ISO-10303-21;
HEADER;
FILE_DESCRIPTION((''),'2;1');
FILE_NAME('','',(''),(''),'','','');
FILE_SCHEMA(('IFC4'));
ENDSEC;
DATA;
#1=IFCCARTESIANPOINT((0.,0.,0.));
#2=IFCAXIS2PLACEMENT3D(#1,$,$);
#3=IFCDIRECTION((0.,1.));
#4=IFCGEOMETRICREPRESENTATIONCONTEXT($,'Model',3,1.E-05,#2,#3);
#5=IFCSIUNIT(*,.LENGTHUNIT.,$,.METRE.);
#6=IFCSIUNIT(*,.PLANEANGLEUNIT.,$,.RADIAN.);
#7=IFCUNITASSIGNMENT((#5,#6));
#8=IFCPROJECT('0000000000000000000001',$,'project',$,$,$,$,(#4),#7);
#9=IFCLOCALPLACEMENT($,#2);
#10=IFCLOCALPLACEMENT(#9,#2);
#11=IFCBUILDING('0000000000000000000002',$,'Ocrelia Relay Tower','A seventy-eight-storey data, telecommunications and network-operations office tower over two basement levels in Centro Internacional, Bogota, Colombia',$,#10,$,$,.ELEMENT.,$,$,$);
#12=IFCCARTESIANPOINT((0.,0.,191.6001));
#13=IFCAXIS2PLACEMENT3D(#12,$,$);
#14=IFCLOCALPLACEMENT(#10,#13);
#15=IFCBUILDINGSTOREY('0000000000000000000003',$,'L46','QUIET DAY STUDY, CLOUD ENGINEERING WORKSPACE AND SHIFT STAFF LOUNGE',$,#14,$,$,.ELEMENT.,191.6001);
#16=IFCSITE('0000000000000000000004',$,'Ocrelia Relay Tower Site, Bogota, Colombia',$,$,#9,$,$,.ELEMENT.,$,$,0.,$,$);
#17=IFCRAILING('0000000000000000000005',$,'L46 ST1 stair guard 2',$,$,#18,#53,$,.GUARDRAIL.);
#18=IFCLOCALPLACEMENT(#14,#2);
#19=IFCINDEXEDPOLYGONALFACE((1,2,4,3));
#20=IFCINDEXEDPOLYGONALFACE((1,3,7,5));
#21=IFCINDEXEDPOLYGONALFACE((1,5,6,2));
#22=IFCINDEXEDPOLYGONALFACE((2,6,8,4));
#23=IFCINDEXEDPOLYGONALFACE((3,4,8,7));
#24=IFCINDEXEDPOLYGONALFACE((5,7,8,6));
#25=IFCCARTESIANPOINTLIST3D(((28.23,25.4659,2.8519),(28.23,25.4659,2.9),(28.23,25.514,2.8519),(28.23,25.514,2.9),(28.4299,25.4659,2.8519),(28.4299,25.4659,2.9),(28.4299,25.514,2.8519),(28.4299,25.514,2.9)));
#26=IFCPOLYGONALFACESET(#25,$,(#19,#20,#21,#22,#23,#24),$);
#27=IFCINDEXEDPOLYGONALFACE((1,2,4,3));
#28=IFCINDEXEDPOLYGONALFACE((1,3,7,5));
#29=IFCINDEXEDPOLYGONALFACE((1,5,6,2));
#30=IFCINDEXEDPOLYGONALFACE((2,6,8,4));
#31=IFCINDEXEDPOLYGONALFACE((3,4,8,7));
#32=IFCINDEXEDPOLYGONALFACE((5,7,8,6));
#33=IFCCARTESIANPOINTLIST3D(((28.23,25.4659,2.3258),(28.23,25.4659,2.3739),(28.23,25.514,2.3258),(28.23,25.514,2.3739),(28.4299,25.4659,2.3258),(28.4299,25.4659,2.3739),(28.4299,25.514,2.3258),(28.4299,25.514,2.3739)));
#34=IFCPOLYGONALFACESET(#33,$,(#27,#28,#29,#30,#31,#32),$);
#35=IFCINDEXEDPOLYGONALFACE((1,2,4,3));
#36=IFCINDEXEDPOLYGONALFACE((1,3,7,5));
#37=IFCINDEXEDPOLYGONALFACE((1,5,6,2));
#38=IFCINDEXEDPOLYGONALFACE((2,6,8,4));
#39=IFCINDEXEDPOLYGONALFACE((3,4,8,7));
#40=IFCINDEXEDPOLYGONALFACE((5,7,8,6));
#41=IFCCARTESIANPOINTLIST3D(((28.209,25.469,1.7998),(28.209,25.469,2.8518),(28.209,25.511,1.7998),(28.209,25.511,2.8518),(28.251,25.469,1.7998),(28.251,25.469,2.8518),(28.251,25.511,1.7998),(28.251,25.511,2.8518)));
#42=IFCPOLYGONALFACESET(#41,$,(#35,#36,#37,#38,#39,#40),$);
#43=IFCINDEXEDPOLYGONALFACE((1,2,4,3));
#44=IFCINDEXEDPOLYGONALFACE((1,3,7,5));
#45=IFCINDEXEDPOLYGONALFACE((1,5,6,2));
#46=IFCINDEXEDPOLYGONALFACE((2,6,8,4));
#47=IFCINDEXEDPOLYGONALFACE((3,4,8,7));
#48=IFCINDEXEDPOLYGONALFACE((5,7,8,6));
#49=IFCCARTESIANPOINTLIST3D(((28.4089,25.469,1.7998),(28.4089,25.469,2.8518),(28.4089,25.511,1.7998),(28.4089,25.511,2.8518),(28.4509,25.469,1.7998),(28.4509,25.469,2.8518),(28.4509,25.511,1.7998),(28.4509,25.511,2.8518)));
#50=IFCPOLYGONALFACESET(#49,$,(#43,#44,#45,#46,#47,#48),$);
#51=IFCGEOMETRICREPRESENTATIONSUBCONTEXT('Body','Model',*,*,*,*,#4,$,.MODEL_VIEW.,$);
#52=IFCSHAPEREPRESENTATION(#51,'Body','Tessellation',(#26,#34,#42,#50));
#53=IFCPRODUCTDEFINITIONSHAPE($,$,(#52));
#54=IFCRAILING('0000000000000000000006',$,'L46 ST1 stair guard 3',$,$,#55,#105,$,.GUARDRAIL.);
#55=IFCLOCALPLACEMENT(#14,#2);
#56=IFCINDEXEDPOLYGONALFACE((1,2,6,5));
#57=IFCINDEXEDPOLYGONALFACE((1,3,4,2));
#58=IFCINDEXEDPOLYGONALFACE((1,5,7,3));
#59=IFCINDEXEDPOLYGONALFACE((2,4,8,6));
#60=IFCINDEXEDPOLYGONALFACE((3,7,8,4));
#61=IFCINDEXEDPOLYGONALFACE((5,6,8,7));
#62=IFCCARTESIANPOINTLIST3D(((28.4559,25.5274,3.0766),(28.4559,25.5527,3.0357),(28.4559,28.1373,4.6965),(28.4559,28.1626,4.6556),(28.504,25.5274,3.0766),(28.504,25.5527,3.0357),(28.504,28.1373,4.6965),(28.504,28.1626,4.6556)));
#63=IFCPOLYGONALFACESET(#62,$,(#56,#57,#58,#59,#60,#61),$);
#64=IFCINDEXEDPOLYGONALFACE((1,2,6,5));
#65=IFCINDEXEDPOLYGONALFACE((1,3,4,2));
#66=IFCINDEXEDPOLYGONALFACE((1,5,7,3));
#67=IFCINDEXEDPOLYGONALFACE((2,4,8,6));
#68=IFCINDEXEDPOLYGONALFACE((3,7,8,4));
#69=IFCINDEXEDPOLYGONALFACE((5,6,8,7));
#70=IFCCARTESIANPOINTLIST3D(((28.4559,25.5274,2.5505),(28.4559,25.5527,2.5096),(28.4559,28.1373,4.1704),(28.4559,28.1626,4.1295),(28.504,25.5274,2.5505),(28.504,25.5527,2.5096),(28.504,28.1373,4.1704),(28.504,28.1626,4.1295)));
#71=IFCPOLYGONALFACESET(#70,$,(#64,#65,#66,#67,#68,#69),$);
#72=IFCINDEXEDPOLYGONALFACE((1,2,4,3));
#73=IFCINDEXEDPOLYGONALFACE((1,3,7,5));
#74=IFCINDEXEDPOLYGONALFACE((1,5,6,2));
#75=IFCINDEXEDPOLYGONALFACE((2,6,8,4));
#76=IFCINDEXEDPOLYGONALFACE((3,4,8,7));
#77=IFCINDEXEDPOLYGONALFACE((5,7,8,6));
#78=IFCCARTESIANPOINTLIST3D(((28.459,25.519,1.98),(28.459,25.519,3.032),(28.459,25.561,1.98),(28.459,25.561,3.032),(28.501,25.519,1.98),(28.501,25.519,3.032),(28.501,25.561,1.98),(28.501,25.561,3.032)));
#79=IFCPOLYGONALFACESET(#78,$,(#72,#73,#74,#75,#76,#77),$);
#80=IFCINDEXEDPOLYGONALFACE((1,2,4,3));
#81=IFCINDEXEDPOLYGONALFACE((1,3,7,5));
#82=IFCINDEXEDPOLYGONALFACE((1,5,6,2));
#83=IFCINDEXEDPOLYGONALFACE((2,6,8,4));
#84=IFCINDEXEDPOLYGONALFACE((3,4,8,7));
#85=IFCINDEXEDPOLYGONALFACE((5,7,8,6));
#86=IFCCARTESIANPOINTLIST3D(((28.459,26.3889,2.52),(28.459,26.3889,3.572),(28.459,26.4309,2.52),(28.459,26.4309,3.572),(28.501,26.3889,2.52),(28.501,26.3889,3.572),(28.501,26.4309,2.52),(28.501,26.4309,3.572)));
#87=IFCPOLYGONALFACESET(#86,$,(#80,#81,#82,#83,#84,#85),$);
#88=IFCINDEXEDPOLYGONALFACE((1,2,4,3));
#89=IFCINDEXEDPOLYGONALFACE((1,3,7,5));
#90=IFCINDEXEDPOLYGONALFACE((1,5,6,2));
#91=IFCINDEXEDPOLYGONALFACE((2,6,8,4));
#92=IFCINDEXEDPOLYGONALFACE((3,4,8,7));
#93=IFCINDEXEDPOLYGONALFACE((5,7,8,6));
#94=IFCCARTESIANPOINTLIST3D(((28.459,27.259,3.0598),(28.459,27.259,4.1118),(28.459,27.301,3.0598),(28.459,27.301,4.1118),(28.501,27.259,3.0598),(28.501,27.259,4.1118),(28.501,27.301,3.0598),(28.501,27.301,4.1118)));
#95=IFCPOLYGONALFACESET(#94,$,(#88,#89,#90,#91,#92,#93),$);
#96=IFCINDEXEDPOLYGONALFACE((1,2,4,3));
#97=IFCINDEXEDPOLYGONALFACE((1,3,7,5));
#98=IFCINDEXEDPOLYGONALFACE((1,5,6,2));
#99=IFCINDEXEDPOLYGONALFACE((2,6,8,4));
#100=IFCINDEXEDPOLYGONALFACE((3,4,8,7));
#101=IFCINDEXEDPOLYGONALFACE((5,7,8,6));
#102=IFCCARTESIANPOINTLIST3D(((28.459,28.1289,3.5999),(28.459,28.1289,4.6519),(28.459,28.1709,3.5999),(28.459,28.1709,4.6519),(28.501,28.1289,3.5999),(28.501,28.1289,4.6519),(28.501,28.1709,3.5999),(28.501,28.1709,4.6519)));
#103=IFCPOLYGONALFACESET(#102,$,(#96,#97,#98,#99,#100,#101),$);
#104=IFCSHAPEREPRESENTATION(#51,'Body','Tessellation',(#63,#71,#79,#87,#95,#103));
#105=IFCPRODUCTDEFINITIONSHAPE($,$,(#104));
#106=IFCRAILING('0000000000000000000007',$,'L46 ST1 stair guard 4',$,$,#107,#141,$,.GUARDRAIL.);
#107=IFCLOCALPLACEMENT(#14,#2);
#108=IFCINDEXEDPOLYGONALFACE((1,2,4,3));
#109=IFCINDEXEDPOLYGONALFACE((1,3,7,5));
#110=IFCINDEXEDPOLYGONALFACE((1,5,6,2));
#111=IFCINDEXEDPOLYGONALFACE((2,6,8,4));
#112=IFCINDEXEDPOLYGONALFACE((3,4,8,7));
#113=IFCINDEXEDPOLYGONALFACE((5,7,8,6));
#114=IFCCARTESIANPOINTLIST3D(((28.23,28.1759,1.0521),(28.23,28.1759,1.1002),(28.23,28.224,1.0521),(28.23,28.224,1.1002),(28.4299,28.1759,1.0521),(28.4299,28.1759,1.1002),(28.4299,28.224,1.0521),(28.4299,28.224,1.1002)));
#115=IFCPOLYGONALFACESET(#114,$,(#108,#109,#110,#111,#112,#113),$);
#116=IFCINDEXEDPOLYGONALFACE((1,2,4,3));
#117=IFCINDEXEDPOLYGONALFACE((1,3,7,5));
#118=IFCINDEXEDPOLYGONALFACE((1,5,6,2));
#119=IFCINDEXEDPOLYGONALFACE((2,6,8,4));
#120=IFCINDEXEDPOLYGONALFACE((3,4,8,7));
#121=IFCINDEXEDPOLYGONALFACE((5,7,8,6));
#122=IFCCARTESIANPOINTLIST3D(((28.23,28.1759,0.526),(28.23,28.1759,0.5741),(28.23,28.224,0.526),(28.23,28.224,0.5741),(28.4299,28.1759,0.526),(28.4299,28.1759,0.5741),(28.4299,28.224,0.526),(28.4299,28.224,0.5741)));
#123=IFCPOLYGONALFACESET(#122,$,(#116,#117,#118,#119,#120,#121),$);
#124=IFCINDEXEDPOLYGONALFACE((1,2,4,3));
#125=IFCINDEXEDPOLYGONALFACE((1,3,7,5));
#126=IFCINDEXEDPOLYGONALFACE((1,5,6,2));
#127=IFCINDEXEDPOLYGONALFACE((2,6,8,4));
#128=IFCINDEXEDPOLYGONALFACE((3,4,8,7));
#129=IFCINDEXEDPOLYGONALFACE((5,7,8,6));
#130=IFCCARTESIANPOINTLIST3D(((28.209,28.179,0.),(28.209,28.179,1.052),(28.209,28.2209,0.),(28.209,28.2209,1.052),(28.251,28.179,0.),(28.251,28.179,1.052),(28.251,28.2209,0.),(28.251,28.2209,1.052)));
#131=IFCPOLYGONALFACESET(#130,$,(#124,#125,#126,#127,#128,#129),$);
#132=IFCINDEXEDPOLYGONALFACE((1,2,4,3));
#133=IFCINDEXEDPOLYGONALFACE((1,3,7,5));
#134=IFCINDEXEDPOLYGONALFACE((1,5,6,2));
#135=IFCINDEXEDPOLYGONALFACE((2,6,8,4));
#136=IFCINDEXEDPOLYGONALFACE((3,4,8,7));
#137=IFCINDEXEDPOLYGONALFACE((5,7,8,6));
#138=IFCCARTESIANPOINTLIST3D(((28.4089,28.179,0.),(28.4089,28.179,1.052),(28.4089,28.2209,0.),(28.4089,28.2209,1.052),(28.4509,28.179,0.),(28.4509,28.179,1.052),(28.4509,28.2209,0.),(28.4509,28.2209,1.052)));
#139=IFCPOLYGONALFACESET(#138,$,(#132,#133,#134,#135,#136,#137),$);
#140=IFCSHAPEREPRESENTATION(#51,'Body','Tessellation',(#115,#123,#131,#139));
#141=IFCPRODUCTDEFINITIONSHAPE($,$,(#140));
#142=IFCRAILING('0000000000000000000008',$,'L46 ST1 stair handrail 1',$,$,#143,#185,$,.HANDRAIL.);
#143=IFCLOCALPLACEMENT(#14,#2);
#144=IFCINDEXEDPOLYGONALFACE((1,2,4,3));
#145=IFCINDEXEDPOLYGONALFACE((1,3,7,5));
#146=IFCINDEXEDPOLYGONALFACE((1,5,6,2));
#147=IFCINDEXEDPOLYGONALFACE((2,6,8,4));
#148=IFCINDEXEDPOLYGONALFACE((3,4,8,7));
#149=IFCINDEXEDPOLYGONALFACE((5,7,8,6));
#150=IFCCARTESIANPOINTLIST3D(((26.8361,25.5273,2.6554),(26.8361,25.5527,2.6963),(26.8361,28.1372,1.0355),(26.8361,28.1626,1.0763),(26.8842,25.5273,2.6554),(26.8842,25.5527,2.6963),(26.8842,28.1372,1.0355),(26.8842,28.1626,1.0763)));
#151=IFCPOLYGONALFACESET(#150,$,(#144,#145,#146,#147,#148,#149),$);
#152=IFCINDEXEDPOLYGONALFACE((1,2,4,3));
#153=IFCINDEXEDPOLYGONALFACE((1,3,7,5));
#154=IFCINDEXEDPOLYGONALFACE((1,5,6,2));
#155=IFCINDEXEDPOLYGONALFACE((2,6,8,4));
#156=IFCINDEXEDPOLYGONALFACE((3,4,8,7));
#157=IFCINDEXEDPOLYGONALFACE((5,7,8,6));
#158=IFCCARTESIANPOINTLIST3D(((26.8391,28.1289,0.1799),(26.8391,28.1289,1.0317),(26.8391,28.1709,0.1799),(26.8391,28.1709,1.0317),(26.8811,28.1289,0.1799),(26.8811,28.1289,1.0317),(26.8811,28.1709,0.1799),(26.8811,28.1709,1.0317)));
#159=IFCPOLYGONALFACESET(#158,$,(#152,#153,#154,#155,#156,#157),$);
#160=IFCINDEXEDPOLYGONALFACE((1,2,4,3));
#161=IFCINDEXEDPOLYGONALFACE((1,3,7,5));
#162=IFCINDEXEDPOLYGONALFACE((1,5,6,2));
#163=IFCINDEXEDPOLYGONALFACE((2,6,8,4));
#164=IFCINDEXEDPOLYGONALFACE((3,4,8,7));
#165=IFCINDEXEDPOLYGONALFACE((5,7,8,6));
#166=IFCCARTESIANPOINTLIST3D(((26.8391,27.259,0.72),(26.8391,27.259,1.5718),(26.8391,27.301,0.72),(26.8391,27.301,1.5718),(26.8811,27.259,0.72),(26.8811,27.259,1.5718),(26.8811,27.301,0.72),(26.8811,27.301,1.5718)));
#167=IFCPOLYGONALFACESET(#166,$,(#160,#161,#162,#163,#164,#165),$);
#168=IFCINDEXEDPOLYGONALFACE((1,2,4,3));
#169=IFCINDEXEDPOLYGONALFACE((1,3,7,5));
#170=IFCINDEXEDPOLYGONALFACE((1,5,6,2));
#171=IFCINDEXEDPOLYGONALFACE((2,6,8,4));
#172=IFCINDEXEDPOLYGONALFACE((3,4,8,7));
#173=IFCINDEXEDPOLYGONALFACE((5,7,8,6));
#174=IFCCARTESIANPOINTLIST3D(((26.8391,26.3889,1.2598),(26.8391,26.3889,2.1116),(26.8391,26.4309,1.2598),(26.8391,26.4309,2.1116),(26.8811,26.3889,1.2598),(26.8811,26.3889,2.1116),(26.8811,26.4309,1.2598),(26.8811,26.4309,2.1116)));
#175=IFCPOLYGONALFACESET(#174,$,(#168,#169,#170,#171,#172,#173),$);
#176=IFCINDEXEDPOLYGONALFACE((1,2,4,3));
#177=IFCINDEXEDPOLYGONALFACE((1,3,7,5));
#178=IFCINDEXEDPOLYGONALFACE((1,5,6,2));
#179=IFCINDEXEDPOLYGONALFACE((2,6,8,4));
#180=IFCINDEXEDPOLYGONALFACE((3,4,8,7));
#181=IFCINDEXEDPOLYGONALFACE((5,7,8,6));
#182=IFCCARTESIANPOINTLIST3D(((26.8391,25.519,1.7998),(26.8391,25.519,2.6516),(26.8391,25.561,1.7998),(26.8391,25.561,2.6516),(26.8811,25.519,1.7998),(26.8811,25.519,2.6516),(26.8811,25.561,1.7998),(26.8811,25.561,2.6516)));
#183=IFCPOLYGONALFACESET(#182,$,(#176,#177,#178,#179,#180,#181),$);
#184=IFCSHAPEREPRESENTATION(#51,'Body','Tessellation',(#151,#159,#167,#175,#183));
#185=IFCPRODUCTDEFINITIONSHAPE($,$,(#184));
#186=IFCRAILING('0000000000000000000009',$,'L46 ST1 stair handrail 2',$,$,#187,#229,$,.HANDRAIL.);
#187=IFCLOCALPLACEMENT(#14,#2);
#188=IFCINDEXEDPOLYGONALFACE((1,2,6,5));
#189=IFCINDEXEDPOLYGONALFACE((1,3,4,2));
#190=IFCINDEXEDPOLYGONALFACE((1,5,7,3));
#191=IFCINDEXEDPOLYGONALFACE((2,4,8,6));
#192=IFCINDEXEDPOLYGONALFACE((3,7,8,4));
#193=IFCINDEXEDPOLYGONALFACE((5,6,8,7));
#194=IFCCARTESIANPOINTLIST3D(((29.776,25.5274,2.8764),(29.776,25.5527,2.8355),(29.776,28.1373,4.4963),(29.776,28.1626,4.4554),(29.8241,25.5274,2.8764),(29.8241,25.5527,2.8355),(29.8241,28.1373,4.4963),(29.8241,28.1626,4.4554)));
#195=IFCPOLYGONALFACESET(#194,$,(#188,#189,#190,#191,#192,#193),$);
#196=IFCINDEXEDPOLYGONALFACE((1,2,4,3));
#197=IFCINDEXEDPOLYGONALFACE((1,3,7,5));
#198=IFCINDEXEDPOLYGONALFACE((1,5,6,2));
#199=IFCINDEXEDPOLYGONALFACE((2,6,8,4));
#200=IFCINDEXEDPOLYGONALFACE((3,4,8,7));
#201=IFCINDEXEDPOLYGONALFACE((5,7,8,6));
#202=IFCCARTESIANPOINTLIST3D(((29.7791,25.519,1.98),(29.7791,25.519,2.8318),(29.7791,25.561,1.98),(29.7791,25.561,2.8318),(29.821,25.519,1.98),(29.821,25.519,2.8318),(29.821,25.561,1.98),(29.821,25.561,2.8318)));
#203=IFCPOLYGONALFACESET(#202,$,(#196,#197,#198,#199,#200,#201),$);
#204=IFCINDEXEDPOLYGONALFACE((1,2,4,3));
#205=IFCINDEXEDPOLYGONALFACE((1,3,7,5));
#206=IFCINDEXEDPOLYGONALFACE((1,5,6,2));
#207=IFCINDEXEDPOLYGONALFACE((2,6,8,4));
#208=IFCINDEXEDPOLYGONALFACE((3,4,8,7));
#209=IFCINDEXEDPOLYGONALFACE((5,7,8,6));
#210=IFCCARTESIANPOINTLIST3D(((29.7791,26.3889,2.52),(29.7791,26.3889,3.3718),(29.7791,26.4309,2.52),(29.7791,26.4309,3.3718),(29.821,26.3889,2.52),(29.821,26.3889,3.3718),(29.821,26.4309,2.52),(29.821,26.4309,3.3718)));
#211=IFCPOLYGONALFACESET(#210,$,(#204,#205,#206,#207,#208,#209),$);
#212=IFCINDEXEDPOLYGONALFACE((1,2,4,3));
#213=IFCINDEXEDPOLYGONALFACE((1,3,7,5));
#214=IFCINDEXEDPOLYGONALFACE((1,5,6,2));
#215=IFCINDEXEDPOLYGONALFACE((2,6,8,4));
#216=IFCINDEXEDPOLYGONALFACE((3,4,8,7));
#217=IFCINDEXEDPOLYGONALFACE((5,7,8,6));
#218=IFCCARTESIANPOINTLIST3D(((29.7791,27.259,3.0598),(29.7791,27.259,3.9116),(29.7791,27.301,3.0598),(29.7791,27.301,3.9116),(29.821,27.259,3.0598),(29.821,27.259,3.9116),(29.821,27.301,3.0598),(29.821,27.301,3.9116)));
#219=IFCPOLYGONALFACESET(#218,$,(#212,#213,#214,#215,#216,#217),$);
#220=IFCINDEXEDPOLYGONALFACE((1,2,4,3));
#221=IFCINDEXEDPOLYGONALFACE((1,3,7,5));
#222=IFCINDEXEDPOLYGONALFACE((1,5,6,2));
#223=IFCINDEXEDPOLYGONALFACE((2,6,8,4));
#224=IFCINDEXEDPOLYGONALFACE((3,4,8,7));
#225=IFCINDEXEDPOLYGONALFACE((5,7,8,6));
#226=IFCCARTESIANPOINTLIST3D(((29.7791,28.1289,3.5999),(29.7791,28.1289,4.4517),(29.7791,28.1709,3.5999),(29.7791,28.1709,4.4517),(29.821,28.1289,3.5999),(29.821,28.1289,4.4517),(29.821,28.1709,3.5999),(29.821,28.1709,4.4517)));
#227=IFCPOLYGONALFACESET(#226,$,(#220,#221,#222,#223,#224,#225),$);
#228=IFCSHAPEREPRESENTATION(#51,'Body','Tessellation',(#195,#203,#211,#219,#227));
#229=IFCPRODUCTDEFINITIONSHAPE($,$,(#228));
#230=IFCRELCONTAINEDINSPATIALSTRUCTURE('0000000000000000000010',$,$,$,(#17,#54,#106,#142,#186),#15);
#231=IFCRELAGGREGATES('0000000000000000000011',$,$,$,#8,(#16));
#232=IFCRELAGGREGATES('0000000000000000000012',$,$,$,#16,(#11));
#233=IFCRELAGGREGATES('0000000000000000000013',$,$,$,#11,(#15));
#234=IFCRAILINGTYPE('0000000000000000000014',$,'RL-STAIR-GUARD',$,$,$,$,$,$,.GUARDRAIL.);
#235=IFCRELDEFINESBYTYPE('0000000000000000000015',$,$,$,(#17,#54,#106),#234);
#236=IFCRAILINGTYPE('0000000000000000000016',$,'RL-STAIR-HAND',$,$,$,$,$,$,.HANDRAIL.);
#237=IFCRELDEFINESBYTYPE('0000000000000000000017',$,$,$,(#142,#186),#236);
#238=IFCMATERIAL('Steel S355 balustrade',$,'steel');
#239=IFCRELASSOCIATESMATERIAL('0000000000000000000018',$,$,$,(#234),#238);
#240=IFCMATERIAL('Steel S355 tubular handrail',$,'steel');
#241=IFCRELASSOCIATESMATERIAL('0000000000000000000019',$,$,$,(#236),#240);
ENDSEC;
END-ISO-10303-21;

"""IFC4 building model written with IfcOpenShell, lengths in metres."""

from ifc_helpers import new_model, si_unit, direction, frame, origin, origin_2d, place, context, subcontext, project, spatial, rectangle, extrude, material, type_object, element, save


model = new_model("IFC4")

# Units and contexts
model_context = context("Model", 3, precision=1e-05, world=origin(), true_north=direction((0.0, 1.0)))
body_context = subcontext(model_context, "Body", "Model", "MODEL_VIEW")
ifc_project = project(units=[si_unit("LENGTHUNIT", "METRE"), si_unit("PLANEANGLEUNIT", "RADIAN")], contexts=[model_context])

# Site, building, storey
site_placement = place(None, origin())
site = spatial("IfcSite", under=ifc_project, at=site_placement, Name="Ocrelia Relay Tower Site, Bogota, Colombia", CompositionType="ELEMENT", RefElevation=0.0)
building_placement = place(site_placement, origin())
building = spatial("IfcBuilding", under=site, at=building_placement, Name="Ocrelia Relay Tower", Description="A seventy-eight-storey data, telecommunications and network-operations office tower over two basement levels in Centro Internacional, Bogota, Colombia", CompositionType="ELEMENT")
storey_placement = place(building_placement, frame((0.0, 0.0, 191.6001)))
storey = spatial("IfcBuildingStorey", under=building, at=storey_placement, Name="L46", Description="QUIET DAY STUDY, CLOUD ENGINEERING WORKSPACE AND SHIFT STAFF LOUNGE", CompositionType="ELEMENT", Elevation=191.6001)

# Railings
ifc_material_1 = material(Name="Steel S355 balustrade", Category="steel")
railing_type_1 = type_object("IfcRailingType", Name="RL-STAIR-GUARD", PredefinedType="GUARDRAIL", material=ifc_material_1)
railing_1_placement = place(storey_placement, frame((28.23, 25.49, 1.7998)))
element("IfcRailing", 1, at=railing_1_placement, inside=storey, type_object=railing_type_1, Name="L46 ST1 stair guard 2", PredefinedType="GUARDRAIL", context=body_context, shape_type="SweptSolid", body=[
    extrude(rectangle(XDim=0.0481, YDim=0.0481, at=origin_2d()), frame((0.0, 0.0, 1.0762), z_axis=(1.0, 0.0, 0.0), x_axis=(0.0, 1.0, 0.0)), (0.0, 0.0, 1.0), 0.2),
    extrude(rectangle(XDim=0.0481, YDim=0.0481, at=origin_2d()), frame((0.0, 0.0, 0.55), z_axis=(1.0, 0.0, 0.0), x_axis=(0.0, 1.0, 0.0)), (0.0, 0.0, 1.0), 0.2),
    extrude(rectangle(XDim=0.042, YDim=0.042, at=origin_2d()), origin(), (0.0, 0.0, 1.0), 1.052),
    extrude(rectangle(XDim=0.042, YDim=0.042, at=origin_2d()), frame((0.2, 0.0, 0.0)), (0.0, 0.0, 1.0), 1.052),
])
railing_2_placement = place(storey_placement, frame((28.48, 25.54, 1.98)))
element("IfcRailing", 2, at=railing_2_placement, inside=storey, type_object=railing_type_1, Name="L46 ST1 stair guard 3", PredefinedType="GUARDRAIL", context=body_context, shape_type="SweptSolid", body=[
    extrude(rectangle(XDim=0.0481, YDim=0.0481, at=origin_2d()), frame((0.0, 0.0, 1.0762), z_axis=(0.0, 0.849646, 0.527353), x_axis=(-1.0, 0.0, 0.0)), (0.0, 0.0, 1.0), 3.0718),
    extrude(rectangle(XDim=0.0481, YDim=0.0481, at=origin_2d()), frame((0.0, 0.0, 0.55), z_axis=(0.0, 0.849646, 0.527353), x_axis=(-1.0, 0.0, 0.0)), (0.0, 0.0, 1.0), 3.0718),
    extrude(rectangle(XDim=0.042, YDim=0.042, at=origin_2d()), origin(), (0.0, 0.0, 1.0), 1.052),
    extrude(rectangle(XDim=0.042, YDim=0.042, at=origin_2d()), frame((0.0, 0.8699, 0.54)), (0.0, 0.0, 1.0), 1.052),
    extrude(rectangle(XDim=0.042, YDim=0.042, at=origin_2d()), frame((0.0, 1.74, 1.0798)), (0.0, 0.0, 1.0), 1.052),
    extrude(rectangle(XDim=0.042, YDim=0.042, at=origin_2d()), frame((0.0, 2.6099, 1.6199)), (0.0, 0.0, 1.0), 1.052),
])
railing_3_placement = place(storey_placement, frame((28.23, 28.2, 0.0)))
element("IfcRailing", 3, at=railing_3_placement, inside=storey, type_object=railing_type_1, Name="L46 ST1 stair guard 4", PredefinedType="GUARDRAIL", context=body_context, shape_type="SweptSolid", body=[
    extrude(rectangle(XDim=0.0481, YDim=0.0481, at=origin_2d()), frame((0.0, 0.0, 1.0762), z_axis=(1.0, 0.0, 0.0), x_axis=(0.0, 1.0, 0.0)), (0.0, 0.0, 1.0), 0.2),
    extrude(rectangle(XDim=0.0481, YDim=0.0481, at=origin_2d()), frame((0.0, 0.0, 0.55), z_axis=(1.0, 0.0, 0.0), x_axis=(0.0, 1.0, 0.0)), (0.0, 0.0, 1.0), 0.2),
    extrude(rectangle(XDim=0.042, YDim=0.042, at=origin_2d()), origin(), (0.0, 0.0, 1.0), 1.052),
    extrude(rectangle(XDim=0.042, YDim=0.042, at=origin_2d()), frame((0.2, 0.0, 0.0)), (0.0, 0.0, 1.0), 1.052),
])
ifc_material_2 = material(Name="Steel S355 tubular handrail", Category="steel")
railing_type_2 = type_object("IfcRailingType", Name="RL-STAIR-HAND", PredefinedType="HANDRAIL", material=ifc_material_2)
railing_4_placement = place(storey_placement, frame((26.8601, 28.1499, 0.1799)))
element("IfcRailing", 4, at=railing_4_placement, inside=storey, type_object=railing_type_2, Name="L46 ST1 stair handrail 1", PredefinedType="HANDRAIL", context=body_context, shape_type="SweptSolid", body=[
    extrude(rectangle(XDim=0.0481, YDim=0.0481, at=origin_2d()), frame((0.0, 0.0, 0.876), z_axis=(0.0, -0.849646, 0.527353), x_axis=(1.0, 0.0, 0.0)), (0.0, 0.0, 1.0), 3.0718),
    extrude(rectangle(XDim=0.042, YDim=0.042, at=origin_2d()), origin(), (0.0, 0.0, 1.0), 0.8518),
    extrude(rectangle(XDim=0.042, YDim=0.042, at=origin_2d()), frame((0.0, -0.8699, 0.54)), (0.0, 0.0, 1.0), 0.8518),
    extrude(rectangle(XDim=0.042, YDim=0.042, at=origin_2d()), frame((0.0, -1.74, 1.0798)), (0.0, 0.0, 1.0), 0.8518),
    extrude(rectangle(XDim=0.042, YDim=0.042, at=origin_2d()), frame((0.0, -2.6099, 1.6199)), (0.0, 0.0, 1.0), 0.8518),
])
railing_5_placement = place(storey_placement, frame((29.8, 25.54, 1.98)))
element("IfcRailing", 5, at=railing_5_placement, inside=storey, type_object=railing_type_2, Name="L46 ST1 stair handrail 2", PredefinedType="HANDRAIL", context=body_context, shape_type="SweptSolid", body=[
    extrude(rectangle(XDim=0.0481, YDim=0.0481, at=origin_2d()), frame((0.0, 0.0, 0.876), z_axis=(0.0, 0.849646, 0.527353), x_axis=(-1.0, 0.0, 0.0)), (0.0, 0.0, 1.0), 3.0718),
    extrude(rectangle(XDim=0.042, YDim=0.042, at=origin_2d()), origin(), (0.0, 0.0, 1.0), 0.8518),
    extrude(rectangle(XDim=0.042, YDim=0.042, at=origin_2d()), frame((0.0, 0.8699, 0.54)), (0.0, 0.0, 1.0), 0.8518),
    extrude(rectangle(XDim=0.042, YDim=0.042, at=origin_2d()), frame((0.0, 1.74, 1.0798)), (0.0, 0.0, 1.0), 0.8518),
    extrude(rectangle(XDim=0.042, YDim=0.042, at=origin_2d()), frame((0.0, 2.6099, 1.6199)), (0.0, 0.0, 1.0), 0.8518),
])

save(model, "model.ifc")
